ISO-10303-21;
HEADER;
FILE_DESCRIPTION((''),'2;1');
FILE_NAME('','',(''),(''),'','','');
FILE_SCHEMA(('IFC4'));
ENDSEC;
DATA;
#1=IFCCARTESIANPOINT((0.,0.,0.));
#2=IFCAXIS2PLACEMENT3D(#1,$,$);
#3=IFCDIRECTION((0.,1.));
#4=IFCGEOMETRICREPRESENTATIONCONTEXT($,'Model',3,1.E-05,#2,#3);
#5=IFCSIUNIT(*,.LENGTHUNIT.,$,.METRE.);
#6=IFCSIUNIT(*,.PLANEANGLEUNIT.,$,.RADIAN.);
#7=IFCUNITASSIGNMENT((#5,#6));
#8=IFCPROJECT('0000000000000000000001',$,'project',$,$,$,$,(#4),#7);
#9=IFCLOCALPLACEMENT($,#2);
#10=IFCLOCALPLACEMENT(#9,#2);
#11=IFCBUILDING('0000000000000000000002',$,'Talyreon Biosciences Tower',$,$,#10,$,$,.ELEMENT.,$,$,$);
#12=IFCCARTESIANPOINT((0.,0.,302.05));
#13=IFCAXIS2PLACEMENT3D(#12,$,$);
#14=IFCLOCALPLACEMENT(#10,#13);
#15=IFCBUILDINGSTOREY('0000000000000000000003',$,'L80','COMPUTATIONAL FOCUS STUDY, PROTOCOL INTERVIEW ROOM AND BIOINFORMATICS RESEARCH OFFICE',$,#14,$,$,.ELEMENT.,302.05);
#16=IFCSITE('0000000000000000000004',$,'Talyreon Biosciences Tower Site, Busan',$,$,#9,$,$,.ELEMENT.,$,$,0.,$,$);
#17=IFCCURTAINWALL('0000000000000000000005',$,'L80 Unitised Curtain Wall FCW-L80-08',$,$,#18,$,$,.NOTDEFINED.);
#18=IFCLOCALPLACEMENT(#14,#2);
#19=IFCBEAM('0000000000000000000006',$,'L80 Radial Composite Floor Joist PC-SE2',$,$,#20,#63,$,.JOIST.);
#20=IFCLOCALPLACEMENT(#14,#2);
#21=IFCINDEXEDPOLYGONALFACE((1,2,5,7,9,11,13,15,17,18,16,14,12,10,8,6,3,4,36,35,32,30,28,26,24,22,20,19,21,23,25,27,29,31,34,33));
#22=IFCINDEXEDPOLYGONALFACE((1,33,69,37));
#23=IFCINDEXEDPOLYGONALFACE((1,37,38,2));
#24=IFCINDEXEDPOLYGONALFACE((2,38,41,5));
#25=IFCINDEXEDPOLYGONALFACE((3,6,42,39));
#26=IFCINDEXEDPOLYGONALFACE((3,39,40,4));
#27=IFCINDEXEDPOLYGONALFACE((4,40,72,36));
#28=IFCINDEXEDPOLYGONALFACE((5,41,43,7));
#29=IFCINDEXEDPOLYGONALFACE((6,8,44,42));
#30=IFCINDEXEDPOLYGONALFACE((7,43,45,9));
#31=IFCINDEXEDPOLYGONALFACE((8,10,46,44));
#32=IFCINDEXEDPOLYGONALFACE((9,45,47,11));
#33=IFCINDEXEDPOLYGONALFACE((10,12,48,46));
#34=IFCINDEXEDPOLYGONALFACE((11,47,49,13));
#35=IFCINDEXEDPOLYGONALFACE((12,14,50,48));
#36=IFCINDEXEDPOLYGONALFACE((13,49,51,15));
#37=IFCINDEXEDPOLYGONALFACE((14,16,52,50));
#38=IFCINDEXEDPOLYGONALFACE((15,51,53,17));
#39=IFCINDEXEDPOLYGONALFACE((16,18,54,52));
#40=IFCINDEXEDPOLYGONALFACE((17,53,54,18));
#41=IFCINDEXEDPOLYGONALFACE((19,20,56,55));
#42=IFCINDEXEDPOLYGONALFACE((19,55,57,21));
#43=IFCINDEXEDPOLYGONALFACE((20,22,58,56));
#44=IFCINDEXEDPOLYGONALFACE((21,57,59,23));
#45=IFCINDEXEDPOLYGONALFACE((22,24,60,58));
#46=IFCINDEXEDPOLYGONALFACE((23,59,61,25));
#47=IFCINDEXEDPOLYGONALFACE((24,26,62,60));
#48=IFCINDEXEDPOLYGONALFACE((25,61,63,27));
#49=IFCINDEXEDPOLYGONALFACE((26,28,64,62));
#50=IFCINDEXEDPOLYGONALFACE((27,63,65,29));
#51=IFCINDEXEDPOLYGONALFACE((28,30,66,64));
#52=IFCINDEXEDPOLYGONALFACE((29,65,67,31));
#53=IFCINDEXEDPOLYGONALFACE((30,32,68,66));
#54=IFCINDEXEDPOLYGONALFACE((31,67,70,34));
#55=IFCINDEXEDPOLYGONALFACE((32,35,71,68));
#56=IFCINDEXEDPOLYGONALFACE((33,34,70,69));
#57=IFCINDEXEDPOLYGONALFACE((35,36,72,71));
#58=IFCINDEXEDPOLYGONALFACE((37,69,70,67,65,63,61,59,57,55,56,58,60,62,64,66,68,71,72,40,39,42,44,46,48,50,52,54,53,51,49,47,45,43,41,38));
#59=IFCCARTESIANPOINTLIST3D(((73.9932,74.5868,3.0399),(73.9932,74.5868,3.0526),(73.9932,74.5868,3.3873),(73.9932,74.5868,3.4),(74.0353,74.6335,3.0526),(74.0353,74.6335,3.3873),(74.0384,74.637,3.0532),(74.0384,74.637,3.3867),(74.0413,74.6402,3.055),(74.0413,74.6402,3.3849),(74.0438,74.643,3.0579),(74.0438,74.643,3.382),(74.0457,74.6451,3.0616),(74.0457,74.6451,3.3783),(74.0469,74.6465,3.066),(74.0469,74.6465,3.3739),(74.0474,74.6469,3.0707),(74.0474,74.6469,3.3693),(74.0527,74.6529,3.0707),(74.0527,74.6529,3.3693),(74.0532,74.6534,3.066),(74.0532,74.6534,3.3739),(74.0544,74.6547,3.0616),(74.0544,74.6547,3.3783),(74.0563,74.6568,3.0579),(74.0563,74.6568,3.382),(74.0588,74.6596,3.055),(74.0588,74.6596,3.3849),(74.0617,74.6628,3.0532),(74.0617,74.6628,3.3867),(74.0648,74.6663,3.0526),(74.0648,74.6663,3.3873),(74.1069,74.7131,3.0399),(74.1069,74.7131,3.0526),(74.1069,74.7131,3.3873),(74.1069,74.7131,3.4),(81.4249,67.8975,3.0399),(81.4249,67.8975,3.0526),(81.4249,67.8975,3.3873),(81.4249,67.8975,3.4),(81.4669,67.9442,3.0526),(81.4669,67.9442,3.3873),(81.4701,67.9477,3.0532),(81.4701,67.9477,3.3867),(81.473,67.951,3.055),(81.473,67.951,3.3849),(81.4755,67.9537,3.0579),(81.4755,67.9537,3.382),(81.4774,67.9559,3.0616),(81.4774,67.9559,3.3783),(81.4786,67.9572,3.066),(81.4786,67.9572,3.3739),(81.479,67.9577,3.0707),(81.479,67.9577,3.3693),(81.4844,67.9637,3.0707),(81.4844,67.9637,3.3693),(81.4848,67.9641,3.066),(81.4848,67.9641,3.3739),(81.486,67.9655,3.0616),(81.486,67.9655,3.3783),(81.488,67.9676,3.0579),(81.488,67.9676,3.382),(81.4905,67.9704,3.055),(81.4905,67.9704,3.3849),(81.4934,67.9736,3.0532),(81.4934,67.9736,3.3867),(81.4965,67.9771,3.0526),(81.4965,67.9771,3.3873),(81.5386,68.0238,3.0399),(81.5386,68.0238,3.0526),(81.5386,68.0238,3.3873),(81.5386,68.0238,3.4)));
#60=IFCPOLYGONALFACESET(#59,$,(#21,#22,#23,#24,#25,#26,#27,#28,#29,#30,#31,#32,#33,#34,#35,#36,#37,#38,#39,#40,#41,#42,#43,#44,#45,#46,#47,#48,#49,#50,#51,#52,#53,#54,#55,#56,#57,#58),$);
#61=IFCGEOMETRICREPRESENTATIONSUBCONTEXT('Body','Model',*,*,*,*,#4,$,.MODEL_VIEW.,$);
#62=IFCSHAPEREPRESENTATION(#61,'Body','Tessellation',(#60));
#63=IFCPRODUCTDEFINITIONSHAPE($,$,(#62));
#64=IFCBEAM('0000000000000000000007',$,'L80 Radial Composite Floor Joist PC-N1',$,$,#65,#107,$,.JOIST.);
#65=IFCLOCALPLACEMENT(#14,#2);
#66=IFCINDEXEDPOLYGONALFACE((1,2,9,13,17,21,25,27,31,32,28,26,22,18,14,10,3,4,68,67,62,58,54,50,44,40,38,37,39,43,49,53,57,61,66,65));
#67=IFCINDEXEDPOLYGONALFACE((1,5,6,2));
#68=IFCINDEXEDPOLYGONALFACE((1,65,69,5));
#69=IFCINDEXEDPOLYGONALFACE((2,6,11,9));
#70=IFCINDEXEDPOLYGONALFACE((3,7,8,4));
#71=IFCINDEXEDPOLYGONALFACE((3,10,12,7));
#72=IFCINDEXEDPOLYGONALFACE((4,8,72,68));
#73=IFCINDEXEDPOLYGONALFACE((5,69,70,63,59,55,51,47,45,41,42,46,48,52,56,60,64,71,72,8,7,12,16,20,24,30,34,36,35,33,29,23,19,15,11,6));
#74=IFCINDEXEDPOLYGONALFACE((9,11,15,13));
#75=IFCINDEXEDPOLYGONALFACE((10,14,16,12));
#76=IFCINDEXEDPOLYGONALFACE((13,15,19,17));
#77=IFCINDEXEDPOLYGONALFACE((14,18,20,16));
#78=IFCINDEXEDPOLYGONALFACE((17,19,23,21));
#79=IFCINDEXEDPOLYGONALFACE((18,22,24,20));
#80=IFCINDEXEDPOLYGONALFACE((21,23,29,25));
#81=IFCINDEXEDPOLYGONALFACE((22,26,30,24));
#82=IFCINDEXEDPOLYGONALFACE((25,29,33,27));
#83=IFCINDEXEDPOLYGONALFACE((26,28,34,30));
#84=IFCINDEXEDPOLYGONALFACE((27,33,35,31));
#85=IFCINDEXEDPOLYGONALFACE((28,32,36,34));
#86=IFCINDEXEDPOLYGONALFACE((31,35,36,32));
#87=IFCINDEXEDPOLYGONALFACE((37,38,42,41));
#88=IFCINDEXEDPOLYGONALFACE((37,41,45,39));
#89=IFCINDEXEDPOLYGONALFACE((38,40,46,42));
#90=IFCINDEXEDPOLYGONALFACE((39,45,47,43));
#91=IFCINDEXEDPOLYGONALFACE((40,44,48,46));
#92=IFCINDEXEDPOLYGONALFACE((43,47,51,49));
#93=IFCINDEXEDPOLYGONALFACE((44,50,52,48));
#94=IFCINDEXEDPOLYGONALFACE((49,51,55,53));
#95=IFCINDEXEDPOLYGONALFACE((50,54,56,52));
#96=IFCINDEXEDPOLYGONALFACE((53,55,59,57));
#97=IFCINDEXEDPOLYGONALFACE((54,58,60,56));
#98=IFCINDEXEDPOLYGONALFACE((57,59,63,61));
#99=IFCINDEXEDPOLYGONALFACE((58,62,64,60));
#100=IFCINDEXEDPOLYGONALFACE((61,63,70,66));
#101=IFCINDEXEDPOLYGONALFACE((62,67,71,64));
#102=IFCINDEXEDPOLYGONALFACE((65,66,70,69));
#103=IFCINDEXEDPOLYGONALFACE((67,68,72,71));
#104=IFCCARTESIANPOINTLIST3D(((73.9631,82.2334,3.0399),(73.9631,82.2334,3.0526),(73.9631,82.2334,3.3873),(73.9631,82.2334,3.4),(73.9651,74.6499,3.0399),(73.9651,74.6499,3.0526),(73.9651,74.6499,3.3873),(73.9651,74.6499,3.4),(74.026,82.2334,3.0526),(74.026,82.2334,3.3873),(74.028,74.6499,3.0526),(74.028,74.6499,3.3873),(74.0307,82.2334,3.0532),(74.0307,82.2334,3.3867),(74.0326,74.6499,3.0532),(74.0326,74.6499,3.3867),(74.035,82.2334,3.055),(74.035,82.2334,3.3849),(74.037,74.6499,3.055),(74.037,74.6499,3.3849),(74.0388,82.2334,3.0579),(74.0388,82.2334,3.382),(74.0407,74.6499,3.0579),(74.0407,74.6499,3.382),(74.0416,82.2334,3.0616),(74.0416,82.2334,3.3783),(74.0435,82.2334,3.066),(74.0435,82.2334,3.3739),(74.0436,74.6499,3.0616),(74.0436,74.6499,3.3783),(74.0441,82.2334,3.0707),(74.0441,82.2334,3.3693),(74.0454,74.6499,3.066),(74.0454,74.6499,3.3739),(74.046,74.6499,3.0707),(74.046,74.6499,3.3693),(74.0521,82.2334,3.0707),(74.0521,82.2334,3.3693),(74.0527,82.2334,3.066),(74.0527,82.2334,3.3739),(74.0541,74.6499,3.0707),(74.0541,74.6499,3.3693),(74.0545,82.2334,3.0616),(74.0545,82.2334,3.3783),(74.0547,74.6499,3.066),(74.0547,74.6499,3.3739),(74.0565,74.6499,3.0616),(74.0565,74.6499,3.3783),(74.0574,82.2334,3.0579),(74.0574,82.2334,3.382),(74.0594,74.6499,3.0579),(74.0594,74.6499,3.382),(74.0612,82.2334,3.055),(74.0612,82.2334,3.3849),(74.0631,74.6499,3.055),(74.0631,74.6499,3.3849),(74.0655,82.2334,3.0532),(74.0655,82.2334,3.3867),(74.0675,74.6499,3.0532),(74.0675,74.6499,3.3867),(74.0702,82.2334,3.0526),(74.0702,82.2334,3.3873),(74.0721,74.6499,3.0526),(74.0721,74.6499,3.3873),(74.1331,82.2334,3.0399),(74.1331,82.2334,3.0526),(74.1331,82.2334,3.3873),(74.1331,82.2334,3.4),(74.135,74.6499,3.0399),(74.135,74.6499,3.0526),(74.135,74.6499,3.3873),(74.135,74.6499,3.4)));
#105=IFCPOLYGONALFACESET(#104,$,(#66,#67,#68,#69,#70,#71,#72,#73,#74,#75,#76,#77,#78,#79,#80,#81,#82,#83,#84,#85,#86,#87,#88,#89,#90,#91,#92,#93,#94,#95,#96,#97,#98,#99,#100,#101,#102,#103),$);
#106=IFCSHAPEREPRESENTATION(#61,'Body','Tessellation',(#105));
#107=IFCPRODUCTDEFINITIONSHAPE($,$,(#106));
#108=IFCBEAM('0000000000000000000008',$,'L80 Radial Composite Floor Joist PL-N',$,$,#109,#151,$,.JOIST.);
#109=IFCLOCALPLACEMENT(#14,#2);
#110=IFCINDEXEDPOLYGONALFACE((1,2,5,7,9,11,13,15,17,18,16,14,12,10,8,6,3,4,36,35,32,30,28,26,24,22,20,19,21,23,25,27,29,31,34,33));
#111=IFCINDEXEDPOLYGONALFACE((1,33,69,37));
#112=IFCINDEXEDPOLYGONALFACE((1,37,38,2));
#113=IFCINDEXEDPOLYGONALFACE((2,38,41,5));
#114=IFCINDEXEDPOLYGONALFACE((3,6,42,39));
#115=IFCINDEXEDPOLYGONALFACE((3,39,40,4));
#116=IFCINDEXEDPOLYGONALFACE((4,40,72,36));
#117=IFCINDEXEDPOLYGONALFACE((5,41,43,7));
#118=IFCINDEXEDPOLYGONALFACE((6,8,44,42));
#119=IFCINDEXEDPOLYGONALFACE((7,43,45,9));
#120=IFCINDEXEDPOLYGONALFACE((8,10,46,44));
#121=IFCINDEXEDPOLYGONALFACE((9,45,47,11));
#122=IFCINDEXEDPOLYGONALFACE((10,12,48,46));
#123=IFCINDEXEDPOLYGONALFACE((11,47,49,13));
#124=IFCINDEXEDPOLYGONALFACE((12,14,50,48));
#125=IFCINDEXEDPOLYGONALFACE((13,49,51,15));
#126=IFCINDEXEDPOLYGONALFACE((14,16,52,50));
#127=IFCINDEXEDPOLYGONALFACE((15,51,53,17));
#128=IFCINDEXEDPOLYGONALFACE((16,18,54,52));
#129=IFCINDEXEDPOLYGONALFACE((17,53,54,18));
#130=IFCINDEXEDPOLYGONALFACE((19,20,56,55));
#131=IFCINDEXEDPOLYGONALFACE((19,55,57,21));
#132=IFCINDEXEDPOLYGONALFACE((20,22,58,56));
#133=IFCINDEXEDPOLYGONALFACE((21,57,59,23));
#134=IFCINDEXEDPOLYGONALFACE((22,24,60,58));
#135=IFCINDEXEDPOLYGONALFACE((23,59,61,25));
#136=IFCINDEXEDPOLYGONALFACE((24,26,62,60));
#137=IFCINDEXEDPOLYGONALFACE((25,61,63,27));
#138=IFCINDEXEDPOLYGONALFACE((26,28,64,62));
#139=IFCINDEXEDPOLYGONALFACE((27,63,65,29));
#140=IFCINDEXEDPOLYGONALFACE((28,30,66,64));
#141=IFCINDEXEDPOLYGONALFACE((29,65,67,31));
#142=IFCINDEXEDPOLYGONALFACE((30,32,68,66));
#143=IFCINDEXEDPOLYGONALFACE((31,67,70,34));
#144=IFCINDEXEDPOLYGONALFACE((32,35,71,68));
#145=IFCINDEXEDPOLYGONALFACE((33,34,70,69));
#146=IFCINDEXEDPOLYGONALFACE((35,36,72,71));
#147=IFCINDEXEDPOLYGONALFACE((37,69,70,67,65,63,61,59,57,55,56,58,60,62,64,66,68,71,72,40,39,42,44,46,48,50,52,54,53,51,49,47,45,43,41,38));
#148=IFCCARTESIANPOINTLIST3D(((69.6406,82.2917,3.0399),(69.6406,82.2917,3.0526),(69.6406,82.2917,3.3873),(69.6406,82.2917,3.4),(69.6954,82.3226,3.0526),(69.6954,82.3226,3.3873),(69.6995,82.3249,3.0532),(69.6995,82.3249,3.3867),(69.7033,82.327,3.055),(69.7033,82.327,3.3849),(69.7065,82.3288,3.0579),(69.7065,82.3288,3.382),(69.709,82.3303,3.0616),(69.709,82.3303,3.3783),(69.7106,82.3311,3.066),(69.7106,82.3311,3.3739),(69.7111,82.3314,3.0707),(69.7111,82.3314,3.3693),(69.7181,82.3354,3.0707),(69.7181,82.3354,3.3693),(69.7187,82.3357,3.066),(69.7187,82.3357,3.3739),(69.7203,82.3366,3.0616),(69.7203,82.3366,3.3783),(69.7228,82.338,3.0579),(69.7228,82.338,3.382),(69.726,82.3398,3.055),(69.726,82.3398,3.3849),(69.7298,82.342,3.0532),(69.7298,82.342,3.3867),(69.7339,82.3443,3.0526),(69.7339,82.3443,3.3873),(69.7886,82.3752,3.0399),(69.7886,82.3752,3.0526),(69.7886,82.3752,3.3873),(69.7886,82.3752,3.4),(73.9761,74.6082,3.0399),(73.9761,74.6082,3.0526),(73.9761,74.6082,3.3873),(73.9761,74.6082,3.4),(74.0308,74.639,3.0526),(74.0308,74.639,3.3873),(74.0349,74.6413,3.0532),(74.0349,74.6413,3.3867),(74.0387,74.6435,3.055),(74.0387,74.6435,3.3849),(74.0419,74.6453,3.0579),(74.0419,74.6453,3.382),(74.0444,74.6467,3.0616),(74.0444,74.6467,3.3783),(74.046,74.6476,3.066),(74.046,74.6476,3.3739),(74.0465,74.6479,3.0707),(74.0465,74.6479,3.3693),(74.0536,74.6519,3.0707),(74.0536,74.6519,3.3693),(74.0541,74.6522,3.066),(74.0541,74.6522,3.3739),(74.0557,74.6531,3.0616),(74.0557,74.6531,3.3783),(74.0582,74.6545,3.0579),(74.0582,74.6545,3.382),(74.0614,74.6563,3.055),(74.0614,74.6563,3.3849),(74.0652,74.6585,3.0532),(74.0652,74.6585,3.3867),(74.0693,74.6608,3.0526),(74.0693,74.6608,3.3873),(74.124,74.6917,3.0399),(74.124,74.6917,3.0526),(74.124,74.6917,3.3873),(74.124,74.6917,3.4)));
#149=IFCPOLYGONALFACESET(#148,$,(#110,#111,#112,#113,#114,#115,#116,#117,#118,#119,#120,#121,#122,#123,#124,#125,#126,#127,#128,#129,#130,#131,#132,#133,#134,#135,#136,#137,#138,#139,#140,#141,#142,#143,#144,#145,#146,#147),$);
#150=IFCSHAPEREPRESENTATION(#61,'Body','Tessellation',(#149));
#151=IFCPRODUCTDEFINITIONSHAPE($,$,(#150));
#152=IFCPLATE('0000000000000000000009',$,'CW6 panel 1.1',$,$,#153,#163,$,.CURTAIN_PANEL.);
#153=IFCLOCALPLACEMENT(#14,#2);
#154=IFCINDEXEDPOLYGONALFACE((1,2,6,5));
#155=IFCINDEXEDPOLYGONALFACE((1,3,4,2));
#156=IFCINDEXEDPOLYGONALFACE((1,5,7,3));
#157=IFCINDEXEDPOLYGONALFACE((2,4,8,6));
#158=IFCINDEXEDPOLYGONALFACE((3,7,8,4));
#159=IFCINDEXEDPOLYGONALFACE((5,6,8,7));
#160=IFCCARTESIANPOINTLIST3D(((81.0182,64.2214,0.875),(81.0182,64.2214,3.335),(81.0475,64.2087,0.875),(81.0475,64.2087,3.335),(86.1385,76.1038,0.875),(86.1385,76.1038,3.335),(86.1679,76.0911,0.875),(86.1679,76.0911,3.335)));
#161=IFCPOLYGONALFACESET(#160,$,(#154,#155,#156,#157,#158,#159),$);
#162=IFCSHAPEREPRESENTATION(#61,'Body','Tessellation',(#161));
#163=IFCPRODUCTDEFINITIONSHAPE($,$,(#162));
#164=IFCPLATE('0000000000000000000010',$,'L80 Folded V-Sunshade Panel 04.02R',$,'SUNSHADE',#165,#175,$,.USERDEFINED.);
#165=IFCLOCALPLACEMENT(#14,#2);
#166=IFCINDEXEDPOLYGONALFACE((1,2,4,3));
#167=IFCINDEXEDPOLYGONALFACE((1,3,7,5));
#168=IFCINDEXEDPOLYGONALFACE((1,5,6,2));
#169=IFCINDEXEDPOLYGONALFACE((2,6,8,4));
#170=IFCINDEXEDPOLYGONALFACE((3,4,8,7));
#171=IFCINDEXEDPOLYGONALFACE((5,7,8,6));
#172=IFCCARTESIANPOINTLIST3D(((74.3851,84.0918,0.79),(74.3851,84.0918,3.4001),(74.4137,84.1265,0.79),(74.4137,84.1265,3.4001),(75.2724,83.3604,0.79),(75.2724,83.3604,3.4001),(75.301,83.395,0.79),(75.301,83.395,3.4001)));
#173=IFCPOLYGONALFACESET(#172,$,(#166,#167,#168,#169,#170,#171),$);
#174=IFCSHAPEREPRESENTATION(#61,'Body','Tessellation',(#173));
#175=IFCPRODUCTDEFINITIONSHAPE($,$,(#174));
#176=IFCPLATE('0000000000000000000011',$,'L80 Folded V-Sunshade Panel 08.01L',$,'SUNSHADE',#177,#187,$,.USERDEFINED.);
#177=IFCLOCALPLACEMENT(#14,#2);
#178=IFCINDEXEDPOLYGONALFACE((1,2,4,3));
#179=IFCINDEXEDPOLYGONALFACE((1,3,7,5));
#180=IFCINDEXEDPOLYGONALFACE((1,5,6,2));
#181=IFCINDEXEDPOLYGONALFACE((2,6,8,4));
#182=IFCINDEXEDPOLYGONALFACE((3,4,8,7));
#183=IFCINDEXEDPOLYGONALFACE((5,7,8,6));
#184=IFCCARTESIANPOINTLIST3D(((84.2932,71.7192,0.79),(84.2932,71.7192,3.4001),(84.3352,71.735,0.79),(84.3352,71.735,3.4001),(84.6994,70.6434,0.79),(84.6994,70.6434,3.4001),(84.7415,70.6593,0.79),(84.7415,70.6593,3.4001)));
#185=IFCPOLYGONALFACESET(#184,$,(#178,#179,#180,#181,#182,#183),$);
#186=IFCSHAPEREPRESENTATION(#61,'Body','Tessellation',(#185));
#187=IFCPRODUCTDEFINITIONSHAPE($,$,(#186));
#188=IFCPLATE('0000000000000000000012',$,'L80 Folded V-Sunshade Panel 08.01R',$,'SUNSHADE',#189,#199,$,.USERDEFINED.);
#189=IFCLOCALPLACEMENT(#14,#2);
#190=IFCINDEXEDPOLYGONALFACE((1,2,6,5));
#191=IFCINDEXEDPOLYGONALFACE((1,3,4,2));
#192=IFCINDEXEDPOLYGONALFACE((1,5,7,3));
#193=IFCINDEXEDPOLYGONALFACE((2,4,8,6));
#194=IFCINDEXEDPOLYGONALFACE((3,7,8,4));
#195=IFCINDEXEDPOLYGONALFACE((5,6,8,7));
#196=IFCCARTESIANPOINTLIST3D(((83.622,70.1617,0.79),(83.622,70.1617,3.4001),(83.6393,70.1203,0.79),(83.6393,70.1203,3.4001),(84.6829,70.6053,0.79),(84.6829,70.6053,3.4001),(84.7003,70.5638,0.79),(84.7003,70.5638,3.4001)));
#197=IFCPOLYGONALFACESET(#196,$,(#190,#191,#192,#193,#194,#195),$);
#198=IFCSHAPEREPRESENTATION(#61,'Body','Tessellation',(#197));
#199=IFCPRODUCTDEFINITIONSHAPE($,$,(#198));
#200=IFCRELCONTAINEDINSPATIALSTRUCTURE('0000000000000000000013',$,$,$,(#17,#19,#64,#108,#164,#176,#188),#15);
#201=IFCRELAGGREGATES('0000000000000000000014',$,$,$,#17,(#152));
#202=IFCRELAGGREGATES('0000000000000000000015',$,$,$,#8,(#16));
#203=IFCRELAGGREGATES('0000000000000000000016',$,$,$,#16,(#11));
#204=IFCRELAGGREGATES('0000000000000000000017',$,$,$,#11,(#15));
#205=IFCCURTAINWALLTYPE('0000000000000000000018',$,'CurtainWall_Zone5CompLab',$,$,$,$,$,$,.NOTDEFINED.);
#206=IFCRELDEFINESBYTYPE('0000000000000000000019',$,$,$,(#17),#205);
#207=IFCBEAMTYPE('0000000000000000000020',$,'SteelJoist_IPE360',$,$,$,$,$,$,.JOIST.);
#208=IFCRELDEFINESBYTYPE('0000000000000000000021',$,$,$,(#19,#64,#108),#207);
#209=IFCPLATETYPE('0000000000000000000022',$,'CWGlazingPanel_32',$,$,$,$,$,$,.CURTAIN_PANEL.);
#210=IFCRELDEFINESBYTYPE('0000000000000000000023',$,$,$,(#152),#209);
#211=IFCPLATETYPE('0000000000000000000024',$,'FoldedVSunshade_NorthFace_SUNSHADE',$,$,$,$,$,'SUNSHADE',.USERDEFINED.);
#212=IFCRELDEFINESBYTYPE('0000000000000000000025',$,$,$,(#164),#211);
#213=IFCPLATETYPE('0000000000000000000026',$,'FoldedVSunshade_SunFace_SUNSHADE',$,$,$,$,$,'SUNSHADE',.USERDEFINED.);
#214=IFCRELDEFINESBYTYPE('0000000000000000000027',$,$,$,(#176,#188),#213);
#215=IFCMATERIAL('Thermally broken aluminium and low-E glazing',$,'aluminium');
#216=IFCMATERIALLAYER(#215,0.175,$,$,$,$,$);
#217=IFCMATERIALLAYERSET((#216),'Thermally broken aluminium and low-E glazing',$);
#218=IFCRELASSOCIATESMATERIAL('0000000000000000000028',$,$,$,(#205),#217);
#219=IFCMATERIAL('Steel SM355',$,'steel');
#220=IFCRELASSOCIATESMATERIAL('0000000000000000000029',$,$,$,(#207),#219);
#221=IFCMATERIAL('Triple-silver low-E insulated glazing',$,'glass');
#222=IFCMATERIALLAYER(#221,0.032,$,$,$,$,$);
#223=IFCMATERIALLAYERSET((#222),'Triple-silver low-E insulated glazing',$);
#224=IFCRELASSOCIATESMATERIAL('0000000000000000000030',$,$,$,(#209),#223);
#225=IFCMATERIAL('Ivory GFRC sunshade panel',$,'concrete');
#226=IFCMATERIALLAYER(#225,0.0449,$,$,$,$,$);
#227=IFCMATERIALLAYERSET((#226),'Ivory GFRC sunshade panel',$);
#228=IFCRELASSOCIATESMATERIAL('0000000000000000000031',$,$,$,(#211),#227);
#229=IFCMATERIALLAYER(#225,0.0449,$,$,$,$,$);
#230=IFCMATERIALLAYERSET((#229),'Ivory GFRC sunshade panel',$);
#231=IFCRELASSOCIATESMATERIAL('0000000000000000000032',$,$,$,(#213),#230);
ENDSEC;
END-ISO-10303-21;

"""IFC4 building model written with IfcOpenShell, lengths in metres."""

from ifc_helpers import new_model, si_unit, direction, frame, origin, origin_2d, place, context, subcontext, project, spatial, rectangle, i_section, extrude, material, layer, layer_set, material_profile, profile_set, type_object, element, aggregate, save


model = new_model("IFC4")

# Units and contexts
model_context = context("Model", 3, precision=1e-05, world=origin(), true_north=direction((0.0, 1.0)))
body_context = subcontext(model_context, "Body", "Model", "MODEL_VIEW")
ifc_project = project(units=[si_unit("LENGTHUNIT", "METRE"), si_unit("PLANEANGLEUNIT", "RADIAN")], contexts=[model_context])

# Site, building, storey
site_placement = place(None, origin())
site = spatial("IfcSite", under=ifc_project, at=site_placement, Name="Talyreon Biosciences Tower Site, Busan", CompositionType="ELEMENT", RefElevation=0.0)
building_placement = place(site_placement, origin())
building = spatial("IfcBuilding", under=site, at=building_placement, Name="Talyreon Biosciences Tower", CompositionType="ELEMENT")
storey_placement = place(building_placement, frame((0.0, 0.0, 302.05)))
storey = spatial("IfcBuildingStorey", under=building, at=storey_placement, Name="L80", Description="COMPUTATIONAL FOCUS STUDY, PROTOCOL INTERVIEW ROOM AND BIOINFORMATICS RESEARCH OFFICE", CompositionType="ELEMENT", Elevation=302.05)

# Shared definitions
ifc_material_1 = material(Name="Thermally broken aluminium and low-E glazing", Category="aluminium")
ifc_layer_1 = layer(ifc_material_1, 0.175)
ifc_layer_set_1 = layer_set([ifc_layer_1], Name="Thermally broken aluminium and low-E glazing")
curtain_wall_type = type_object("IfcCurtainWallType", Name="CurtainWall_Zone5CompLab", PredefinedType="NOTDEFINED", material=ifc_layer_set_1)

# Curtain wall
curtain_wall_1_placement = place(storey_placement, origin())
curtain_wall_1 = element("IfcCurtainWall", 1, at=curtain_wall_1_placement, inside=storey, type_object=curtain_wall_type, Name="L80 Unitised Curtain Wall FCW-L80-08", PredefinedType="NOTDEFINED")

# Beams
ifc_material_2 = material(Name="Steel SM355", Category="steel")
ifc_material_profile_1 = material_profile(ifc_material_2, i_section(OverallWidth=0.1699, OverallDepth=0.3601, WebThickness=0.0081, FlangeThickness=0.0127, FilletRadius=0.0181, at=origin_2d()), Name="IPE360")
ifc_profile_set_1 = profile_set([ifc_material_profile_1], Name="Steel SM355")
beam_type_1 = type_object("IfcBeamType", Name="SteelJoist_IPE360", PredefinedType="JOIST", material=ifc_profile_set_1)
beam_1_placement = place(storey_placement, frame((74.05, 74.6499, 3.22), z_axis=(0.743258, -0.669005, 0.0), x_axis=(0.669005, 0.743258, 0.0)))
element("IfcBeam", 2, at=beam_1_placement, inside=storey, type_object=beam_type_1, Name="L80 Radial Composite Floor Joist PC-SE2", PredefinedType="JOIST", context=body_context, shape_type="SweptSolid", body=[
    extrude(i_section(OverallWidth=0.1699, OverallDepth=0.3601, WebThickness=0.0081, FlangeThickness=0.0127, FilletRadius=0.0181, at=origin_2d()), origin(), (0.0, 0.0, 1.0), 9.9988),
])
beam_2_placement = place(storey_placement, frame((74.05, 74.6499, 3.22), z_axis=(-0.000258, 1.0, 0.0), x_axis=(-1.0, -0.000258, 0.0)))
element("IfcBeam", 3, at=beam_2_placement, inside=storey, type_object=beam_type_1, Name="L80 Radial Composite Floor Joist PC-N1", PredefinedType="JOIST", context=body_context, shape_type="SweptSolid", body=[
    extrude(i_section(OverallWidth=0.1699, OverallDepth=0.3601, WebThickness=0.0081, FlangeThickness=0.0127, FilletRadius=0.0181, at=origin_2d()), origin(), (0.0, 0.0, 1.0), 7.5835),
])
beam_3_placement = place(storey_placement, frame((74.05, 74.6499, 3.22), z_axis=(-0.491417, 0.870924, 0.0), x_axis=(-0.870924, -0.491417, 0.0)))
element("IfcBeam", 4, at=beam_3_placement, inside=storey, type_object=beam_type_1, Name="L80 Radial Composite Floor Joist PL-N", PredefinedType="JOIST", context=body_context, shape_type="SweptSolid", body=[
    extrude(i_section(OverallWidth=0.1699, OverallDepth=0.3601, WebThickness=0.0081, FlangeThickness=0.0127, FilletRadius=0.0181, at=origin_2d()), origin(), (0.0, 0.0, 1.0), 8.8223),
])

# Plate
ifc_material_3 = material(Name="Triple-silver low-E insulated glazing", Category="glass")
ifc_layer_2 = layer(ifc_material_3, 0.032)
ifc_layer_set_2 = layer_set([ifc_layer_2], Name="Triple-silver low-E insulated glazing")
plate_type_1 = type_object("IfcPlateType", Name="CWGlazingPanel_32", PredefinedType="CURTAIN_PANEL", material=ifc_layer_set_2)
plate_1_placement = place(storey_placement, frame((83.593, 70.1562, 0.875), z_axis=(0.0, 0.0, 1.0), x_axis=(-0.395738, -0.918363, 0.0)))
plate_1 = element("IfcPlate", 5, at=plate_1_placement, type_object=plate_type_1, Name="CW6 panel 1.1", PredefinedType="CURTAIN_PANEL", context=body_context, shape_type="SweptSolid", body=[
    extrude(rectangle(XDim=12.9387, YDim=0.032, at=origin_2d()), origin(), (0.0, 0.0, 1.0), 2.46),
])
aggregate(curtain_wall_1, [plate_1])

# Plates
ifc_material_4 = material(Name="Ivory GFRC sunshade panel", Category="concrete")
ifc_layer_3 = layer(ifc_material_4, 0.0449)
ifc_layer_set_3 = layer_set([ifc_layer_3], Name="Ivory GFRC sunshade panel")
plate_type_2 = type_object("IfcPlateType", Name="FoldedVSunshade_NorthFace_SUNSHADE", ElementType="SUNSHADE", PredefinedType="USERDEFINED", material=ifc_layer_set_3)
plate_2_placement = place(storey_placement, frame((74.843, 83.7434, 0.79), z_axis=(0.0, 0.0, 1.0), x_axis=(0.771625, -0.636078, 0.0)))
element("IfcPlate", 6, at=plate_2_placement, inside=storey, type_object=plate_type_2, Name="L80 Folded V-Sunshade Panel 04.02R", ObjectType="SUNSHADE", PredefinedType="USERDEFINED", context=body_context, shape_type="SweptSolid", body=[
    extrude(rectangle(XDim=1.1499, YDim=0.0449, at=origin_2d()), origin(), (0.0, 0.0, 1.0), 2.6101),
])
ifc_layer_4 = layer(ifc_material_4, 0.0449)
ifc_layer_set_4 = layer_set([ifc_layer_4], Name="Ivory GFRC sunshade panel")
plate_type_3 = type_object("IfcPlateType", Name="FoldedVSunshade_SunFace_SUNSHADE", ElementType="SUNSHADE", PredefinedType="USERDEFINED", material=ifc_layer_set_4)
for number, where, z_axis, x_axis, name in (
    (7, (84.5173, 71.1892, 0.79), (0.0, 0.0, 1.0), (0.353279, -0.935518, 0.0), "L80 Folded V-Sunshade Panel 08.01L"),
    (8, (84.1611, 70.3628, 0.79), (0.0, 0.0, 1.0), (-0.922619, -0.385713, 0.0), "L80 Folded V-Sunshade Panel 08.01R"),
):
    element("IfcPlate", number, at=place(storey_placement, frame(where, z_axis=z_axis, x_axis=x_axis)), inside=storey, type_object=plate_type_3, Name=name, ObjectType="SUNSHADE", PredefinedType="USERDEFINED", context=body_context, shape_type="SweptSolid", body=[
        extrude(rectangle(XDim=1.1499, YDim=0.0449, at=origin_2d()), origin(), (0.0, 0.0, 1.0), 2.6101),
    ])

save(model, "model.ifc")
